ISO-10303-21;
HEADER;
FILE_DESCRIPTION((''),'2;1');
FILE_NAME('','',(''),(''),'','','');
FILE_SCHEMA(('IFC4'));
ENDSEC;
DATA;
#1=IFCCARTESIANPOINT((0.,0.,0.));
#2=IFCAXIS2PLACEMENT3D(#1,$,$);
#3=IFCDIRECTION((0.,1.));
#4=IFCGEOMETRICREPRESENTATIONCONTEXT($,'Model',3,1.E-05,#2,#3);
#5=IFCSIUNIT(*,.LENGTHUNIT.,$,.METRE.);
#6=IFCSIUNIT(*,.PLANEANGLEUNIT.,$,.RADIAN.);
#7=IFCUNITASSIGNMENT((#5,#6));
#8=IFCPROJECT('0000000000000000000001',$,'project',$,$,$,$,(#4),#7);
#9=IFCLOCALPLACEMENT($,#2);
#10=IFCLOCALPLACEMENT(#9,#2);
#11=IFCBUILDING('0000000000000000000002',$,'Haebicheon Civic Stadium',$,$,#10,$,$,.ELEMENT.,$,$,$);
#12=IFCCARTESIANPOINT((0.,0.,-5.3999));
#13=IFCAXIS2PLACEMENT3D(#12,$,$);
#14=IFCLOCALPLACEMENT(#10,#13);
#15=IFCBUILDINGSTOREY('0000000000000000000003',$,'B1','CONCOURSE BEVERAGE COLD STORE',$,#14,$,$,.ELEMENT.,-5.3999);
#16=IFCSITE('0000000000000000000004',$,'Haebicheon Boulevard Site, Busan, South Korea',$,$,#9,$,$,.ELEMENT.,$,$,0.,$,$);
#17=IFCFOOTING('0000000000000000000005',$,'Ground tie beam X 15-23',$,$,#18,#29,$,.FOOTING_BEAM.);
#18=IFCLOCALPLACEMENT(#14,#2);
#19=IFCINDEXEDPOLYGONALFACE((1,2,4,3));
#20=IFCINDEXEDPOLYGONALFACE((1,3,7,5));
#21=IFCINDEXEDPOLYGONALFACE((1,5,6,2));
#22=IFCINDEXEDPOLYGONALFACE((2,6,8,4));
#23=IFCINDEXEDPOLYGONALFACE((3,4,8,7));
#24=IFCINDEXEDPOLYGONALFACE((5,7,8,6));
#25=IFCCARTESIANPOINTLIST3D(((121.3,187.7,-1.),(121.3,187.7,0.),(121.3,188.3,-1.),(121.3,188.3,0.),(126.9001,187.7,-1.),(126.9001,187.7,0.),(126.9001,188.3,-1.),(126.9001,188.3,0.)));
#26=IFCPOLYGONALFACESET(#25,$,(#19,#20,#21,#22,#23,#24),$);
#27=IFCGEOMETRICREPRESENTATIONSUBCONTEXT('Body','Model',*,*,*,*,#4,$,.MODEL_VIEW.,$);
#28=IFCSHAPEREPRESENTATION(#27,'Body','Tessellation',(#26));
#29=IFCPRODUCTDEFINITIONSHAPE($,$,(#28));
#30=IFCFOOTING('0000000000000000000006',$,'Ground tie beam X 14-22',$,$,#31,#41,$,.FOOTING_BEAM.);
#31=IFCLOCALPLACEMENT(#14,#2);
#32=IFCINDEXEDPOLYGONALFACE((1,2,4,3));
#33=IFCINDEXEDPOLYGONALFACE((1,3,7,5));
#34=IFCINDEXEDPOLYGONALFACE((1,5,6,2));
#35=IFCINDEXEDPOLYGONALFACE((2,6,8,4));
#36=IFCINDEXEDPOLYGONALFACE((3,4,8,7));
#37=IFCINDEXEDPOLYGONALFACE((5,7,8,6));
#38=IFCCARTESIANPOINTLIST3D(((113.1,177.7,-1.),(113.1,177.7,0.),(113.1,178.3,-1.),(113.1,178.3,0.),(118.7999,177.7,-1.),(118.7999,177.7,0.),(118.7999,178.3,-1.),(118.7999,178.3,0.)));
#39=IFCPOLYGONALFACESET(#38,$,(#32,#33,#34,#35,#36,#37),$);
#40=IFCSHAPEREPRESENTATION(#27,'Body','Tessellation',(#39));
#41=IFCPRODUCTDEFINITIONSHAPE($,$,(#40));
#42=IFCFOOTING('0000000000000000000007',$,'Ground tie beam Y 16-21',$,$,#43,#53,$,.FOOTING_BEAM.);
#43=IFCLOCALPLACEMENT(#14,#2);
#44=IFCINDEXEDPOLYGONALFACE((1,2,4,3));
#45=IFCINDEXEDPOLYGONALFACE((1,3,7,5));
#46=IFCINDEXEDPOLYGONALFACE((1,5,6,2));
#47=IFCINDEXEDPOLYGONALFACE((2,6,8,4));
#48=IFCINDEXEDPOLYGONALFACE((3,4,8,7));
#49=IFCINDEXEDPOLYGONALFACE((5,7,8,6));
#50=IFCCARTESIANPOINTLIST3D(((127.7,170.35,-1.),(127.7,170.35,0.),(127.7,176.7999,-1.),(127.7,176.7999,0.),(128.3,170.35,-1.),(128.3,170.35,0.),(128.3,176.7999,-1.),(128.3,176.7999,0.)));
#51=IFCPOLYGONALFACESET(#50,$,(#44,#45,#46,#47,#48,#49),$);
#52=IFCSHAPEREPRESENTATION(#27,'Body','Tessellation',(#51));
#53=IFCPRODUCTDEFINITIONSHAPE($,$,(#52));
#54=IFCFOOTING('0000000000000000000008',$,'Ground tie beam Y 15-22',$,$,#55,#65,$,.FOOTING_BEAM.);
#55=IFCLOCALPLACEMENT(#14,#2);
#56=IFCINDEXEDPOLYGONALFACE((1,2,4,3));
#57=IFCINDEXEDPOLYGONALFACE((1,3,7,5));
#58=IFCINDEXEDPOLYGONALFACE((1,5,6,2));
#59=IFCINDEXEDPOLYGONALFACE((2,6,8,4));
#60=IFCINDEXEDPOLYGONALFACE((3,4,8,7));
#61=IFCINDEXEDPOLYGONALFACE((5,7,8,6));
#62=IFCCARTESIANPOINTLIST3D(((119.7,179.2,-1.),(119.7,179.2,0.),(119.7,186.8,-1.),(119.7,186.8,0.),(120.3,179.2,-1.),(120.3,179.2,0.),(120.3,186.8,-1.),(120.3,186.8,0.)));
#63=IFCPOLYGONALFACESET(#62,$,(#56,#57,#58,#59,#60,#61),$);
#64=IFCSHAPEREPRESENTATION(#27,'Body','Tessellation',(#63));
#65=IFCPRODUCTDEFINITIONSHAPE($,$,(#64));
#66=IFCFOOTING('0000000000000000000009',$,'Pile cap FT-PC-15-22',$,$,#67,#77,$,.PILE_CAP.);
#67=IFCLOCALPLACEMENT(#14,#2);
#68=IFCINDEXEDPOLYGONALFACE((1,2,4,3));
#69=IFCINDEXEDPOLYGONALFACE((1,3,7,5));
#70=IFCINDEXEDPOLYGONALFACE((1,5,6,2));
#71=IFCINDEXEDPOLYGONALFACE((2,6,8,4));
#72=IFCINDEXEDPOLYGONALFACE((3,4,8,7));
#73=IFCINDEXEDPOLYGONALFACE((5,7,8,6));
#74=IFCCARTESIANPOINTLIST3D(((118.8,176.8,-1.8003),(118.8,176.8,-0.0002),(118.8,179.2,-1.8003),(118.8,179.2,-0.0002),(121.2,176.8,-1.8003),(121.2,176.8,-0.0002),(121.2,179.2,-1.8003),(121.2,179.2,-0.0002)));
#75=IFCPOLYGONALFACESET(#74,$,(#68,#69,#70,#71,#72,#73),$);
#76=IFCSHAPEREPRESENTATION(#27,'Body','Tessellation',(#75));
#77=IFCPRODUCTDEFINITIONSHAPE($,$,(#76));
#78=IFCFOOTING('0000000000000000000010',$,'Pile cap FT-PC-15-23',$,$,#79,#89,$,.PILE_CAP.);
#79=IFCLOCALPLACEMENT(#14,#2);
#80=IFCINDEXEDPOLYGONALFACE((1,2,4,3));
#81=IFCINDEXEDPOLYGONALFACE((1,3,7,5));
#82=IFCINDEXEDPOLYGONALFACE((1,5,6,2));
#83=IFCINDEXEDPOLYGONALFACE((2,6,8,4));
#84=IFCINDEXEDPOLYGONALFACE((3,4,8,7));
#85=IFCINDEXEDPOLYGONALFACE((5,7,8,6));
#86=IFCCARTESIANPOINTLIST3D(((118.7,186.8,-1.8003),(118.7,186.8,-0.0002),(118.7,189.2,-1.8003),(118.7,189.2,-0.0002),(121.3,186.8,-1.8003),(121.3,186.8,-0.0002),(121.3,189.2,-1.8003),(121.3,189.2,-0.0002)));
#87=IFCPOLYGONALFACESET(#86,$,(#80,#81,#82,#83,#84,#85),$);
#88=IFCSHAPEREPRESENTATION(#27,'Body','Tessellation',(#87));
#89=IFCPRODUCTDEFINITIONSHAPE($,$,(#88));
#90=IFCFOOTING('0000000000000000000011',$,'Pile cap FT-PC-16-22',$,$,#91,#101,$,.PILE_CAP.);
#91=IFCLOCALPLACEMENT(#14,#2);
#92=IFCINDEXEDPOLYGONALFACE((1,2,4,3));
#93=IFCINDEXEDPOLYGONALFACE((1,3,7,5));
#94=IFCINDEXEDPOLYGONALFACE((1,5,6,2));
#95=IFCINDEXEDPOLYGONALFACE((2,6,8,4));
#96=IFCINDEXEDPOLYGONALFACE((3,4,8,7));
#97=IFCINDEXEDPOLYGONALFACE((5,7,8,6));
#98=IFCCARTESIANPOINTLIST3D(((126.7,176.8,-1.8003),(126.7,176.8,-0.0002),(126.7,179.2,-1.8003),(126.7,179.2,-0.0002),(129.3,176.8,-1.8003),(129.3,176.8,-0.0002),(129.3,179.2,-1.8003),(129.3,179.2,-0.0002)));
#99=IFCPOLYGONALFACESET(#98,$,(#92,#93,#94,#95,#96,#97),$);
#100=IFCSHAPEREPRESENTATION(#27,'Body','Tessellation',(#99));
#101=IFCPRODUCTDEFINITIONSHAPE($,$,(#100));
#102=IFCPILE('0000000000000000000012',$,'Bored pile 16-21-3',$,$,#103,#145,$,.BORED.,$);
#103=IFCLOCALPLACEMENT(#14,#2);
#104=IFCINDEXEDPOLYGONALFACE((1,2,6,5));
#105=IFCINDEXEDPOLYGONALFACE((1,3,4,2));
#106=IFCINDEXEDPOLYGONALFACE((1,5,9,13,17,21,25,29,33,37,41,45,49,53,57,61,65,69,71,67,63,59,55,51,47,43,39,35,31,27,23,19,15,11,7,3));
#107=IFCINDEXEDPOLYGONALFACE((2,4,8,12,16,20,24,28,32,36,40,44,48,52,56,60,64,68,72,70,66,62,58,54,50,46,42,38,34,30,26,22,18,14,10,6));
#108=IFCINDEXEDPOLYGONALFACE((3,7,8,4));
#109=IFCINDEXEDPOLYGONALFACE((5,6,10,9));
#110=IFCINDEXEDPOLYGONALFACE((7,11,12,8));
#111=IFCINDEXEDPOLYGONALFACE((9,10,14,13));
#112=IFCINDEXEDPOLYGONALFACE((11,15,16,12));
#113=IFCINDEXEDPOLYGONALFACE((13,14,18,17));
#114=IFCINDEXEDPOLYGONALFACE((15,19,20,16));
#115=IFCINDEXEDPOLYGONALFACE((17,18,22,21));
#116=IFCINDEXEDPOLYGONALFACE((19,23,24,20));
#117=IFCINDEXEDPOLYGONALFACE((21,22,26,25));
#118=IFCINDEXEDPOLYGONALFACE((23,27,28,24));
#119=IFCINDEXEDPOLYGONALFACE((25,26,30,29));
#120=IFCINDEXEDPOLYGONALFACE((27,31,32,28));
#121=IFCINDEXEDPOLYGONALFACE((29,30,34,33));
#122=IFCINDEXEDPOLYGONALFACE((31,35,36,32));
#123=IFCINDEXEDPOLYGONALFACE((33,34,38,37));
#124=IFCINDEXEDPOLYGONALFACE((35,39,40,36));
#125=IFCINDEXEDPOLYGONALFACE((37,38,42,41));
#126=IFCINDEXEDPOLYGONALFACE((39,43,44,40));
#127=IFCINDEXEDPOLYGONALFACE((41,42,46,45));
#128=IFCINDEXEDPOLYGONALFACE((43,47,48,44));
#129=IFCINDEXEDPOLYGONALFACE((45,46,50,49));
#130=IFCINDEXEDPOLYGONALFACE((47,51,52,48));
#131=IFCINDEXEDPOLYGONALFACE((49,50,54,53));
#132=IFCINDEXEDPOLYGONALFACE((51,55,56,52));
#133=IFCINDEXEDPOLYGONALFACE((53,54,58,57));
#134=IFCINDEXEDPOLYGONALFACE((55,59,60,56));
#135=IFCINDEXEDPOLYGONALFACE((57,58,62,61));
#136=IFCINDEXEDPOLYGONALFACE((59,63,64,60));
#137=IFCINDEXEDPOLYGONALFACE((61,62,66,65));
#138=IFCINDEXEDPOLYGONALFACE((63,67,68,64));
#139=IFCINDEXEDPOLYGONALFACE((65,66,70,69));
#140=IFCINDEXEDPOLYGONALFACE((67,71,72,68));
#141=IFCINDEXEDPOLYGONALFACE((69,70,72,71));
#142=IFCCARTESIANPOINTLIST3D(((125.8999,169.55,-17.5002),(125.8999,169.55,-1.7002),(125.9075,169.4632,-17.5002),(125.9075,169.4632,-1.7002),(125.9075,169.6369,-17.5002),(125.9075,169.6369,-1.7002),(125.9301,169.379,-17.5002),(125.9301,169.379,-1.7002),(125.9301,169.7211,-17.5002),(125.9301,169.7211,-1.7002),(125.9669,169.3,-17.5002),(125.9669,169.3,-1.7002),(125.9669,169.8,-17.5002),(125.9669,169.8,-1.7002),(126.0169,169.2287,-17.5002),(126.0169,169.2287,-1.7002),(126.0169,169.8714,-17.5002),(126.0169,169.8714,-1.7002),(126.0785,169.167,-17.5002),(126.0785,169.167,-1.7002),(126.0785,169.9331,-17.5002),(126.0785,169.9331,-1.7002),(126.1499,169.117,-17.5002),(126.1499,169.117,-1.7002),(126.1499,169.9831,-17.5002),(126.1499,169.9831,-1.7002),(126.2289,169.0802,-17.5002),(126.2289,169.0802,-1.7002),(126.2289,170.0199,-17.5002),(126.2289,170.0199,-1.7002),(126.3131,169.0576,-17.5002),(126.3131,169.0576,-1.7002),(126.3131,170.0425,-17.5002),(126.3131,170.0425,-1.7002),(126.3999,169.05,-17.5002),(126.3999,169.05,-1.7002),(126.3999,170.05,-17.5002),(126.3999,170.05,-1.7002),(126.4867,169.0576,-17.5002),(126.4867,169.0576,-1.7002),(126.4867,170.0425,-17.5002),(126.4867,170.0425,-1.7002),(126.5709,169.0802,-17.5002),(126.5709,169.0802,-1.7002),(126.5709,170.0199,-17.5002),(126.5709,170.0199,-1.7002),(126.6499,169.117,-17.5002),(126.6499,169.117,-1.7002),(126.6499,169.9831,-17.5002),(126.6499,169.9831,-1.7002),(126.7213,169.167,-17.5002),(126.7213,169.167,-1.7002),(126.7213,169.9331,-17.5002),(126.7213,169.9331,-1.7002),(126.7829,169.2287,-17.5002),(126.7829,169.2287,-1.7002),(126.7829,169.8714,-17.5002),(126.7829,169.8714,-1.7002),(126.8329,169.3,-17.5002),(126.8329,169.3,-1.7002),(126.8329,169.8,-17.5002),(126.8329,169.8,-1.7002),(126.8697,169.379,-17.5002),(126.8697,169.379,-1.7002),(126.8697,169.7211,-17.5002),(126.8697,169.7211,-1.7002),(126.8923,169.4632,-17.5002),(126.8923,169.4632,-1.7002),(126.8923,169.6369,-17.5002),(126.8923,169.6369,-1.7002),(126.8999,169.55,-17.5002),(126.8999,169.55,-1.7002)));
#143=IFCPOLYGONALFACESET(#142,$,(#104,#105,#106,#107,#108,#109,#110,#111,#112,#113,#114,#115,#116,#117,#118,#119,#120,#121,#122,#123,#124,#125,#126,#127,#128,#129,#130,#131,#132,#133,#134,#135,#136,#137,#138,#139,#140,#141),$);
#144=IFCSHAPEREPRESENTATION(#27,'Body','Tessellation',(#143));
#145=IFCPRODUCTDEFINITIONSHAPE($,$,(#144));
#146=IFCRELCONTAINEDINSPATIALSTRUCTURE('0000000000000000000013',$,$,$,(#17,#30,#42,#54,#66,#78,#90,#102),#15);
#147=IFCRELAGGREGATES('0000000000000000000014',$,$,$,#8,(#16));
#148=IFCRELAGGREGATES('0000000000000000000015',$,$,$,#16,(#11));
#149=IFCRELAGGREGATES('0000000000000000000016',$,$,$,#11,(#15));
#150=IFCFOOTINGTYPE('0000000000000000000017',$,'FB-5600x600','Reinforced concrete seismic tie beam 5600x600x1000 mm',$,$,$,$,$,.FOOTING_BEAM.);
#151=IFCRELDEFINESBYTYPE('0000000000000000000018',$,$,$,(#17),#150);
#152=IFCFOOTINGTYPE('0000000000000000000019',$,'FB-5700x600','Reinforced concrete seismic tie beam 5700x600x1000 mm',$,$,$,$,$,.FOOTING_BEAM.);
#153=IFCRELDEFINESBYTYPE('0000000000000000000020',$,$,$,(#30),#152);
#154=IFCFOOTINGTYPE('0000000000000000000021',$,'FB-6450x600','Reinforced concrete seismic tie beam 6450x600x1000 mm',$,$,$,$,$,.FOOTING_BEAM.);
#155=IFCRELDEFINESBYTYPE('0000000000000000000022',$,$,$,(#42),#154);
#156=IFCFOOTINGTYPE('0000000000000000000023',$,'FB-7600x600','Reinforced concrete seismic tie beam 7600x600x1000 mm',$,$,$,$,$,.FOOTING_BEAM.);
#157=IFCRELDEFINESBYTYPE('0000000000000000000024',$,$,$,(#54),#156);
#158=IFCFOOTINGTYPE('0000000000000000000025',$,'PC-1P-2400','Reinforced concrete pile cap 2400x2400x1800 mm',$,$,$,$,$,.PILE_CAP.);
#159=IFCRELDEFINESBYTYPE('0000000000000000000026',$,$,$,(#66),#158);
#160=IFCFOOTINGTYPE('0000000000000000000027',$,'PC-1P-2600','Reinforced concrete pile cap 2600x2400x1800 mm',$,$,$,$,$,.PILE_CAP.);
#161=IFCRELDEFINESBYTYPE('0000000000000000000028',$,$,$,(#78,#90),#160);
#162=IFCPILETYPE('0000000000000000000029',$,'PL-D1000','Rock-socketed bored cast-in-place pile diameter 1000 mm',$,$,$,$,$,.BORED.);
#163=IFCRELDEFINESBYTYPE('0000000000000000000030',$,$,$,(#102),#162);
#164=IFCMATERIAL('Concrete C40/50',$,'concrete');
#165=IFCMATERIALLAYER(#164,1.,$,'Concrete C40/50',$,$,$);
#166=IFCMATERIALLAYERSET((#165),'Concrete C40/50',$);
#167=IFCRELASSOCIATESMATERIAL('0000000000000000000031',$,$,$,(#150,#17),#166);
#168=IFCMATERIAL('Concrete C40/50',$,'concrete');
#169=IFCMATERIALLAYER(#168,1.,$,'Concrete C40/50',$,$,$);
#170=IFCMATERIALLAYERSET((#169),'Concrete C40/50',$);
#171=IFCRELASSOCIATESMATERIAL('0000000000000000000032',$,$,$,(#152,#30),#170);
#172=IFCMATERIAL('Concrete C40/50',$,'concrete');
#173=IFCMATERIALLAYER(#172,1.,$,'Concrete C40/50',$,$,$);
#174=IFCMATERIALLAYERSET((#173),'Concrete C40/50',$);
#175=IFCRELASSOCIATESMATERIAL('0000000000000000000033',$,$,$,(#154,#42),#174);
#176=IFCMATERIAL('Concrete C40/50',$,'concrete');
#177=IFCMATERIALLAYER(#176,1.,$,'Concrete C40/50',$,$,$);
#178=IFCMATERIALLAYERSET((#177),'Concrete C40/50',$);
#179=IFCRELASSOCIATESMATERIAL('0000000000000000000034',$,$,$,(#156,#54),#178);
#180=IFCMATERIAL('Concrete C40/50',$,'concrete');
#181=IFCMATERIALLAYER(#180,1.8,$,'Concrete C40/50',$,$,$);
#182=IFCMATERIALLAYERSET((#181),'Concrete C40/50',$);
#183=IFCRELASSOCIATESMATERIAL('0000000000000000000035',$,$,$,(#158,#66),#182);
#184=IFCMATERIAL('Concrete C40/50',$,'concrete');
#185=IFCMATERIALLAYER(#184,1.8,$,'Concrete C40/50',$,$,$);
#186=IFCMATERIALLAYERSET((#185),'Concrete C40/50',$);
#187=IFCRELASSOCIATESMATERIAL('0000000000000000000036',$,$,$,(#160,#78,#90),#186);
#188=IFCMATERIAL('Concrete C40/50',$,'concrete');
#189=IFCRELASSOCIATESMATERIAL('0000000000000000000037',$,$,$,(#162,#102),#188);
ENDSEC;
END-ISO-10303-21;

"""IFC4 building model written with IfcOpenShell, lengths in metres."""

from ifc_helpers import new_model, si_unit, direction, frame, origin, origin_2d, place, context, subcontext, project, spatial, rectangle, circle, extrude, material, layer, layer_set, material_profile, profile_set, type_object, element, save


model = new_model("IFC4")

# Units and contexts
model_context = context("Model", 3, precision=1e-05, world=origin(), true_north=direction((0.0, 1.0)))
body_context = subcontext(model_context, "Body", "Model", "MODEL_VIEW")
ifc_project = project(units=[si_unit("LENGTHUNIT", "METRE"), si_unit("PLANEANGLEUNIT", "RADIAN")], contexts=[model_context])

# Site, building, storey
site_placement = place(None, origin())
site = spatial("IfcSite", under=ifc_project, at=site_placement, Name="Haebicheon Boulevard Site, Busan, South Korea", CompositionType="ELEMENT", RefElevation=0.0)
building_placement = place(site_placement, origin())
building = spatial("IfcBuilding", under=site, at=building_placement, Name="Haebicheon Civic Stadium", CompositionType="ELEMENT")
storey_placement = place(building_placement, frame((0.0, 0.0, -5.3999)))
storey = spatial("IfcBuildingStorey", under=building, at=storey_placement, Name="B1", Description="CONCOURSE BEVERAGE COLD STORE", CompositionType="ELEMENT", Elevation=-5.3999)

# Footings
ifc_material_1 = material(Name="Concrete C40/50", Category="concrete")
ifc_layer_1 = layer(ifc_material_1, 1.0, Name="Concrete C40/50")
ifc_layer_set_1 = layer_set([ifc_layer_1], Name="Concrete C40/50")
footing_type_1 = type_object("IfcFootingType", Name="FB-5600x600", Description="Reinforced concrete seismic tie beam 5600x600x1000 mm", PredefinedType="FOOTING_BEAM", material=ifc_layer_set_1)
footing_1_placement = place(storey_placement, frame((124.1001, 188.0, -1.0), z_axis=(0.0, 0.0, 1.0), x_axis=(1.0, 0.0, 0.0)))
element("IfcFooting", 1, at=footing_1_placement, inside=storey, type_object=footing_type_1, material=ifc_layer_set_1, Name="Ground tie beam X 15-23", PredefinedType="FOOTING_BEAM", context=body_context, shape_type="SweptSolid", body=[
    extrude(rectangle(XDim=5.6001, YDim=0.6001, at=origin_2d()), origin(), (0.0, 0.0, 1.0), 1.0),
])
ifc_material_2 = material(Name="Concrete C40/50", Category="concrete")
ifc_layer_2 = layer(ifc_material_2, 1.0, Name="Concrete C40/50")
ifc_layer_set_2 = layer_set([ifc_layer_2], Name="Concrete C40/50")
footing_type_2 = type_object("IfcFootingType", Name="FB-5700x600", Description="Reinforced concrete seismic tie beam 5700x600x1000 mm", PredefinedType="FOOTING_BEAM", material=ifc_layer_set_2)
footing_2_placement = place(storey_placement, frame((115.95, 178.0, -1.0), z_axis=(0.0, 0.0, 1.0), x_axis=(1.0, 0.0, 0.0)))
element("IfcFooting", 2, at=footing_2_placement, inside=storey, type_object=footing_type_2, material=ifc_layer_set_2, Name="Ground tie beam X 14-22", PredefinedType="FOOTING_BEAM", context=body_context, shape_type="SweptSolid", body=[
    extrude(rectangle(XDim=5.7, YDim=0.6001, at=origin_2d()), origin(), (0.0, 0.0, 1.0), 1.0),
])
ifc_material_3 = material(Name="Concrete C40/50", Category="concrete")
ifc_layer_3 = layer(ifc_material_3, 1.0, Name="Concrete C40/50")
ifc_layer_set_3 = layer_set([ifc_layer_3], Name="Concrete C40/50")
footing_type_3 = type_object("IfcFootingType", Name="FB-6450x600", Description="Reinforced concrete seismic tie beam 6450x600x1000 mm", PredefinedType="FOOTING_BEAM", material=ifc_layer_set_3)
footing_3_placement = place(storey_placement, frame((128.0, 173.575, -1.0), z_axis=(0.0, 0.0, 1.0), x_axis=(0.0, 1.0, 0.0)))
element("IfcFooting", 3, at=footing_3_placement, inside=storey, type_object=footing_type_3, material=ifc_layer_set_3, Name="Ground tie beam Y 16-21", PredefinedType="FOOTING_BEAM", context=body_context, shape_type="SweptSolid", body=[
    extrude(rectangle(XDim=6.45, YDim=0.6001, at=origin_2d()), origin(), (0.0, 0.0, 1.0), 1.0),
])
ifc_material_4 = material(Name="Concrete C40/50", Category="concrete")
ifc_layer_4 = layer(ifc_material_4, 1.0, Name="Concrete C40/50")
ifc_layer_set_4 = layer_set([ifc_layer_4], Name="Concrete C40/50")
footing_type_4 = type_object("IfcFootingType", Name="FB-7600x600", Description="Reinforced concrete seismic tie beam 7600x600x1000 mm", PredefinedType="FOOTING_BEAM", material=ifc_layer_set_4)
footing_4_placement = place(storey_placement, frame((120.0, 183.0, -1.0), z_axis=(0.0, 0.0, 1.0), x_axis=(0.0, 1.0, 0.0)))
element("IfcFooting", 4, at=footing_4_placement, inside=storey, type_object=footing_type_4, material=ifc_layer_set_4, Name="Ground tie beam Y 15-22", PredefinedType="FOOTING_BEAM", context=body_context, shape_type="SweptSolid", body=[
    extrude(rectangle(XDim=7.6001, YDim=0.6001, at=origin_2d()), origin(), (0.0, 0.0, 1.0), 1.0),
])
ifc_material_5 = material(Name="Concrete C40/50", Category="concrete")
ifc_layer_5 = layer(ifc_material_5, 1.8, Name="Concrete C40/50")
ifc_layer_set_5 = layer_set([ifc_layer_5], Name="Concrete C40/50")
footing_type_5 = type_object("IfcFootingType", Name="PC-1P-2400", Description="Reinforced concrete pile cap 2400x2400x1800 mm", PredefinedType="PILE_CAP", material=ifc_layer_set_5)
footing_5_placement = place(storey_placement, frame((120.0, 178.0, -1.8003), z_axis=(0.0, 0.0, 1.0), x_axis=(1.0, 0.0, 0.0)))
element("IfcFooting", 5, at=footing_5_placement, inside=storey, type_object=footing_type_5, material=ifc_layer_set_5, Name="Pile cap FT-PC-15-22", PredefinedType="PILE_CAP", context=body_context, shape_type="SweptSolid", body=[
    extrude(rectangle(XDim=2.3999, YDim=2.3999, at=origin_2d()), origin(), (0.0, 0.0, 1.0), 1.8),
])
ifc_material_6 = material(Name="Concrete C40/50", Category="concrete")
ifc_layer_6 = layer(ifc_material_6, 1.8, Name="Concrete C40/50")
ifc_layer_set_6 = layer_set([ifc_layer_6], Name="Concrete C40/50")
footing_type_6 = type_object("IfcFootingType", Name="PC-1P-2600", Description="Reinforced concrete pile cap 2600x2400x1800 mm", PredefinedType="PILE_CAP", material=ifc_layer_set_6)
for number, where, z_axis, x_axis, name in (
    (6, (120.0, 188.0, -1.8003), (0.0, 0.0, 1.0), (1.0, 0.0, 0.0), "Pile cap FT-PC-15-23"),
    (7, (128.0, 178.0, -1.8003), (0.0, 0.0, 1.0), (1.0, 0.0, 0.0), "Pile cap FT-PC-16-22"),
):
    element("IfcFooting", number, at=place(storey_placement, frame(where, z_axis=z_axis, x_axis=x_axis)), inside=storey, type_object=footing_type_6, material=ifc_layer_set_6, Name=name, PredefinedType="PILE_CAP", context=body_context, shape_type="SweptSolid", body=[
        extrude(rectangle(XDim=2.6001, YDim=2.3999, at=origin_2d()), origin(), (0.0, 0.0, 1.0), 1.8),
    ])

# Pile
ifc_material_7 = material(Name="Concrete C40/50", Category="concrete")
ifc_material_profile_1 = material_profile(ifc_material_7, circle(Radius=0.5, at=origin_2d()), Name="PILE-D1000")
ifc_profile_set_1 = profile_set([ifc_material_profile_1], Name="Concrete C40/50")
pile_type_1 = type_object("IfcPileType", Name="PL-D1000", Description="Rock-socketed bored cast-in-place pile diameter 1000 mm", PredefinedType="BORED", material=ifc_profile_set_1)
pile_1_placement = place(storey_placement, frame((126.3999, 169.55, -1.7002), z_axis=(0.0, 0.0, -1.0), x_axis=(1.0, 0.0, 0.0)))
element("IfcPile", 8, at=pile_1_placement, inside=storey, type_object=pile_type_1, material=ifc_profile_set_1, Name="Bored pile 16-21-3", PredefinedType="BORED", context=body_context, shape_type="SweptSolid", body=[
    extrude(circle(Radius=0.5, at=origin_2d()), origin(), (0.0, 0.0, 1.0), 15.8),
])

save(model, "model.ifc")
